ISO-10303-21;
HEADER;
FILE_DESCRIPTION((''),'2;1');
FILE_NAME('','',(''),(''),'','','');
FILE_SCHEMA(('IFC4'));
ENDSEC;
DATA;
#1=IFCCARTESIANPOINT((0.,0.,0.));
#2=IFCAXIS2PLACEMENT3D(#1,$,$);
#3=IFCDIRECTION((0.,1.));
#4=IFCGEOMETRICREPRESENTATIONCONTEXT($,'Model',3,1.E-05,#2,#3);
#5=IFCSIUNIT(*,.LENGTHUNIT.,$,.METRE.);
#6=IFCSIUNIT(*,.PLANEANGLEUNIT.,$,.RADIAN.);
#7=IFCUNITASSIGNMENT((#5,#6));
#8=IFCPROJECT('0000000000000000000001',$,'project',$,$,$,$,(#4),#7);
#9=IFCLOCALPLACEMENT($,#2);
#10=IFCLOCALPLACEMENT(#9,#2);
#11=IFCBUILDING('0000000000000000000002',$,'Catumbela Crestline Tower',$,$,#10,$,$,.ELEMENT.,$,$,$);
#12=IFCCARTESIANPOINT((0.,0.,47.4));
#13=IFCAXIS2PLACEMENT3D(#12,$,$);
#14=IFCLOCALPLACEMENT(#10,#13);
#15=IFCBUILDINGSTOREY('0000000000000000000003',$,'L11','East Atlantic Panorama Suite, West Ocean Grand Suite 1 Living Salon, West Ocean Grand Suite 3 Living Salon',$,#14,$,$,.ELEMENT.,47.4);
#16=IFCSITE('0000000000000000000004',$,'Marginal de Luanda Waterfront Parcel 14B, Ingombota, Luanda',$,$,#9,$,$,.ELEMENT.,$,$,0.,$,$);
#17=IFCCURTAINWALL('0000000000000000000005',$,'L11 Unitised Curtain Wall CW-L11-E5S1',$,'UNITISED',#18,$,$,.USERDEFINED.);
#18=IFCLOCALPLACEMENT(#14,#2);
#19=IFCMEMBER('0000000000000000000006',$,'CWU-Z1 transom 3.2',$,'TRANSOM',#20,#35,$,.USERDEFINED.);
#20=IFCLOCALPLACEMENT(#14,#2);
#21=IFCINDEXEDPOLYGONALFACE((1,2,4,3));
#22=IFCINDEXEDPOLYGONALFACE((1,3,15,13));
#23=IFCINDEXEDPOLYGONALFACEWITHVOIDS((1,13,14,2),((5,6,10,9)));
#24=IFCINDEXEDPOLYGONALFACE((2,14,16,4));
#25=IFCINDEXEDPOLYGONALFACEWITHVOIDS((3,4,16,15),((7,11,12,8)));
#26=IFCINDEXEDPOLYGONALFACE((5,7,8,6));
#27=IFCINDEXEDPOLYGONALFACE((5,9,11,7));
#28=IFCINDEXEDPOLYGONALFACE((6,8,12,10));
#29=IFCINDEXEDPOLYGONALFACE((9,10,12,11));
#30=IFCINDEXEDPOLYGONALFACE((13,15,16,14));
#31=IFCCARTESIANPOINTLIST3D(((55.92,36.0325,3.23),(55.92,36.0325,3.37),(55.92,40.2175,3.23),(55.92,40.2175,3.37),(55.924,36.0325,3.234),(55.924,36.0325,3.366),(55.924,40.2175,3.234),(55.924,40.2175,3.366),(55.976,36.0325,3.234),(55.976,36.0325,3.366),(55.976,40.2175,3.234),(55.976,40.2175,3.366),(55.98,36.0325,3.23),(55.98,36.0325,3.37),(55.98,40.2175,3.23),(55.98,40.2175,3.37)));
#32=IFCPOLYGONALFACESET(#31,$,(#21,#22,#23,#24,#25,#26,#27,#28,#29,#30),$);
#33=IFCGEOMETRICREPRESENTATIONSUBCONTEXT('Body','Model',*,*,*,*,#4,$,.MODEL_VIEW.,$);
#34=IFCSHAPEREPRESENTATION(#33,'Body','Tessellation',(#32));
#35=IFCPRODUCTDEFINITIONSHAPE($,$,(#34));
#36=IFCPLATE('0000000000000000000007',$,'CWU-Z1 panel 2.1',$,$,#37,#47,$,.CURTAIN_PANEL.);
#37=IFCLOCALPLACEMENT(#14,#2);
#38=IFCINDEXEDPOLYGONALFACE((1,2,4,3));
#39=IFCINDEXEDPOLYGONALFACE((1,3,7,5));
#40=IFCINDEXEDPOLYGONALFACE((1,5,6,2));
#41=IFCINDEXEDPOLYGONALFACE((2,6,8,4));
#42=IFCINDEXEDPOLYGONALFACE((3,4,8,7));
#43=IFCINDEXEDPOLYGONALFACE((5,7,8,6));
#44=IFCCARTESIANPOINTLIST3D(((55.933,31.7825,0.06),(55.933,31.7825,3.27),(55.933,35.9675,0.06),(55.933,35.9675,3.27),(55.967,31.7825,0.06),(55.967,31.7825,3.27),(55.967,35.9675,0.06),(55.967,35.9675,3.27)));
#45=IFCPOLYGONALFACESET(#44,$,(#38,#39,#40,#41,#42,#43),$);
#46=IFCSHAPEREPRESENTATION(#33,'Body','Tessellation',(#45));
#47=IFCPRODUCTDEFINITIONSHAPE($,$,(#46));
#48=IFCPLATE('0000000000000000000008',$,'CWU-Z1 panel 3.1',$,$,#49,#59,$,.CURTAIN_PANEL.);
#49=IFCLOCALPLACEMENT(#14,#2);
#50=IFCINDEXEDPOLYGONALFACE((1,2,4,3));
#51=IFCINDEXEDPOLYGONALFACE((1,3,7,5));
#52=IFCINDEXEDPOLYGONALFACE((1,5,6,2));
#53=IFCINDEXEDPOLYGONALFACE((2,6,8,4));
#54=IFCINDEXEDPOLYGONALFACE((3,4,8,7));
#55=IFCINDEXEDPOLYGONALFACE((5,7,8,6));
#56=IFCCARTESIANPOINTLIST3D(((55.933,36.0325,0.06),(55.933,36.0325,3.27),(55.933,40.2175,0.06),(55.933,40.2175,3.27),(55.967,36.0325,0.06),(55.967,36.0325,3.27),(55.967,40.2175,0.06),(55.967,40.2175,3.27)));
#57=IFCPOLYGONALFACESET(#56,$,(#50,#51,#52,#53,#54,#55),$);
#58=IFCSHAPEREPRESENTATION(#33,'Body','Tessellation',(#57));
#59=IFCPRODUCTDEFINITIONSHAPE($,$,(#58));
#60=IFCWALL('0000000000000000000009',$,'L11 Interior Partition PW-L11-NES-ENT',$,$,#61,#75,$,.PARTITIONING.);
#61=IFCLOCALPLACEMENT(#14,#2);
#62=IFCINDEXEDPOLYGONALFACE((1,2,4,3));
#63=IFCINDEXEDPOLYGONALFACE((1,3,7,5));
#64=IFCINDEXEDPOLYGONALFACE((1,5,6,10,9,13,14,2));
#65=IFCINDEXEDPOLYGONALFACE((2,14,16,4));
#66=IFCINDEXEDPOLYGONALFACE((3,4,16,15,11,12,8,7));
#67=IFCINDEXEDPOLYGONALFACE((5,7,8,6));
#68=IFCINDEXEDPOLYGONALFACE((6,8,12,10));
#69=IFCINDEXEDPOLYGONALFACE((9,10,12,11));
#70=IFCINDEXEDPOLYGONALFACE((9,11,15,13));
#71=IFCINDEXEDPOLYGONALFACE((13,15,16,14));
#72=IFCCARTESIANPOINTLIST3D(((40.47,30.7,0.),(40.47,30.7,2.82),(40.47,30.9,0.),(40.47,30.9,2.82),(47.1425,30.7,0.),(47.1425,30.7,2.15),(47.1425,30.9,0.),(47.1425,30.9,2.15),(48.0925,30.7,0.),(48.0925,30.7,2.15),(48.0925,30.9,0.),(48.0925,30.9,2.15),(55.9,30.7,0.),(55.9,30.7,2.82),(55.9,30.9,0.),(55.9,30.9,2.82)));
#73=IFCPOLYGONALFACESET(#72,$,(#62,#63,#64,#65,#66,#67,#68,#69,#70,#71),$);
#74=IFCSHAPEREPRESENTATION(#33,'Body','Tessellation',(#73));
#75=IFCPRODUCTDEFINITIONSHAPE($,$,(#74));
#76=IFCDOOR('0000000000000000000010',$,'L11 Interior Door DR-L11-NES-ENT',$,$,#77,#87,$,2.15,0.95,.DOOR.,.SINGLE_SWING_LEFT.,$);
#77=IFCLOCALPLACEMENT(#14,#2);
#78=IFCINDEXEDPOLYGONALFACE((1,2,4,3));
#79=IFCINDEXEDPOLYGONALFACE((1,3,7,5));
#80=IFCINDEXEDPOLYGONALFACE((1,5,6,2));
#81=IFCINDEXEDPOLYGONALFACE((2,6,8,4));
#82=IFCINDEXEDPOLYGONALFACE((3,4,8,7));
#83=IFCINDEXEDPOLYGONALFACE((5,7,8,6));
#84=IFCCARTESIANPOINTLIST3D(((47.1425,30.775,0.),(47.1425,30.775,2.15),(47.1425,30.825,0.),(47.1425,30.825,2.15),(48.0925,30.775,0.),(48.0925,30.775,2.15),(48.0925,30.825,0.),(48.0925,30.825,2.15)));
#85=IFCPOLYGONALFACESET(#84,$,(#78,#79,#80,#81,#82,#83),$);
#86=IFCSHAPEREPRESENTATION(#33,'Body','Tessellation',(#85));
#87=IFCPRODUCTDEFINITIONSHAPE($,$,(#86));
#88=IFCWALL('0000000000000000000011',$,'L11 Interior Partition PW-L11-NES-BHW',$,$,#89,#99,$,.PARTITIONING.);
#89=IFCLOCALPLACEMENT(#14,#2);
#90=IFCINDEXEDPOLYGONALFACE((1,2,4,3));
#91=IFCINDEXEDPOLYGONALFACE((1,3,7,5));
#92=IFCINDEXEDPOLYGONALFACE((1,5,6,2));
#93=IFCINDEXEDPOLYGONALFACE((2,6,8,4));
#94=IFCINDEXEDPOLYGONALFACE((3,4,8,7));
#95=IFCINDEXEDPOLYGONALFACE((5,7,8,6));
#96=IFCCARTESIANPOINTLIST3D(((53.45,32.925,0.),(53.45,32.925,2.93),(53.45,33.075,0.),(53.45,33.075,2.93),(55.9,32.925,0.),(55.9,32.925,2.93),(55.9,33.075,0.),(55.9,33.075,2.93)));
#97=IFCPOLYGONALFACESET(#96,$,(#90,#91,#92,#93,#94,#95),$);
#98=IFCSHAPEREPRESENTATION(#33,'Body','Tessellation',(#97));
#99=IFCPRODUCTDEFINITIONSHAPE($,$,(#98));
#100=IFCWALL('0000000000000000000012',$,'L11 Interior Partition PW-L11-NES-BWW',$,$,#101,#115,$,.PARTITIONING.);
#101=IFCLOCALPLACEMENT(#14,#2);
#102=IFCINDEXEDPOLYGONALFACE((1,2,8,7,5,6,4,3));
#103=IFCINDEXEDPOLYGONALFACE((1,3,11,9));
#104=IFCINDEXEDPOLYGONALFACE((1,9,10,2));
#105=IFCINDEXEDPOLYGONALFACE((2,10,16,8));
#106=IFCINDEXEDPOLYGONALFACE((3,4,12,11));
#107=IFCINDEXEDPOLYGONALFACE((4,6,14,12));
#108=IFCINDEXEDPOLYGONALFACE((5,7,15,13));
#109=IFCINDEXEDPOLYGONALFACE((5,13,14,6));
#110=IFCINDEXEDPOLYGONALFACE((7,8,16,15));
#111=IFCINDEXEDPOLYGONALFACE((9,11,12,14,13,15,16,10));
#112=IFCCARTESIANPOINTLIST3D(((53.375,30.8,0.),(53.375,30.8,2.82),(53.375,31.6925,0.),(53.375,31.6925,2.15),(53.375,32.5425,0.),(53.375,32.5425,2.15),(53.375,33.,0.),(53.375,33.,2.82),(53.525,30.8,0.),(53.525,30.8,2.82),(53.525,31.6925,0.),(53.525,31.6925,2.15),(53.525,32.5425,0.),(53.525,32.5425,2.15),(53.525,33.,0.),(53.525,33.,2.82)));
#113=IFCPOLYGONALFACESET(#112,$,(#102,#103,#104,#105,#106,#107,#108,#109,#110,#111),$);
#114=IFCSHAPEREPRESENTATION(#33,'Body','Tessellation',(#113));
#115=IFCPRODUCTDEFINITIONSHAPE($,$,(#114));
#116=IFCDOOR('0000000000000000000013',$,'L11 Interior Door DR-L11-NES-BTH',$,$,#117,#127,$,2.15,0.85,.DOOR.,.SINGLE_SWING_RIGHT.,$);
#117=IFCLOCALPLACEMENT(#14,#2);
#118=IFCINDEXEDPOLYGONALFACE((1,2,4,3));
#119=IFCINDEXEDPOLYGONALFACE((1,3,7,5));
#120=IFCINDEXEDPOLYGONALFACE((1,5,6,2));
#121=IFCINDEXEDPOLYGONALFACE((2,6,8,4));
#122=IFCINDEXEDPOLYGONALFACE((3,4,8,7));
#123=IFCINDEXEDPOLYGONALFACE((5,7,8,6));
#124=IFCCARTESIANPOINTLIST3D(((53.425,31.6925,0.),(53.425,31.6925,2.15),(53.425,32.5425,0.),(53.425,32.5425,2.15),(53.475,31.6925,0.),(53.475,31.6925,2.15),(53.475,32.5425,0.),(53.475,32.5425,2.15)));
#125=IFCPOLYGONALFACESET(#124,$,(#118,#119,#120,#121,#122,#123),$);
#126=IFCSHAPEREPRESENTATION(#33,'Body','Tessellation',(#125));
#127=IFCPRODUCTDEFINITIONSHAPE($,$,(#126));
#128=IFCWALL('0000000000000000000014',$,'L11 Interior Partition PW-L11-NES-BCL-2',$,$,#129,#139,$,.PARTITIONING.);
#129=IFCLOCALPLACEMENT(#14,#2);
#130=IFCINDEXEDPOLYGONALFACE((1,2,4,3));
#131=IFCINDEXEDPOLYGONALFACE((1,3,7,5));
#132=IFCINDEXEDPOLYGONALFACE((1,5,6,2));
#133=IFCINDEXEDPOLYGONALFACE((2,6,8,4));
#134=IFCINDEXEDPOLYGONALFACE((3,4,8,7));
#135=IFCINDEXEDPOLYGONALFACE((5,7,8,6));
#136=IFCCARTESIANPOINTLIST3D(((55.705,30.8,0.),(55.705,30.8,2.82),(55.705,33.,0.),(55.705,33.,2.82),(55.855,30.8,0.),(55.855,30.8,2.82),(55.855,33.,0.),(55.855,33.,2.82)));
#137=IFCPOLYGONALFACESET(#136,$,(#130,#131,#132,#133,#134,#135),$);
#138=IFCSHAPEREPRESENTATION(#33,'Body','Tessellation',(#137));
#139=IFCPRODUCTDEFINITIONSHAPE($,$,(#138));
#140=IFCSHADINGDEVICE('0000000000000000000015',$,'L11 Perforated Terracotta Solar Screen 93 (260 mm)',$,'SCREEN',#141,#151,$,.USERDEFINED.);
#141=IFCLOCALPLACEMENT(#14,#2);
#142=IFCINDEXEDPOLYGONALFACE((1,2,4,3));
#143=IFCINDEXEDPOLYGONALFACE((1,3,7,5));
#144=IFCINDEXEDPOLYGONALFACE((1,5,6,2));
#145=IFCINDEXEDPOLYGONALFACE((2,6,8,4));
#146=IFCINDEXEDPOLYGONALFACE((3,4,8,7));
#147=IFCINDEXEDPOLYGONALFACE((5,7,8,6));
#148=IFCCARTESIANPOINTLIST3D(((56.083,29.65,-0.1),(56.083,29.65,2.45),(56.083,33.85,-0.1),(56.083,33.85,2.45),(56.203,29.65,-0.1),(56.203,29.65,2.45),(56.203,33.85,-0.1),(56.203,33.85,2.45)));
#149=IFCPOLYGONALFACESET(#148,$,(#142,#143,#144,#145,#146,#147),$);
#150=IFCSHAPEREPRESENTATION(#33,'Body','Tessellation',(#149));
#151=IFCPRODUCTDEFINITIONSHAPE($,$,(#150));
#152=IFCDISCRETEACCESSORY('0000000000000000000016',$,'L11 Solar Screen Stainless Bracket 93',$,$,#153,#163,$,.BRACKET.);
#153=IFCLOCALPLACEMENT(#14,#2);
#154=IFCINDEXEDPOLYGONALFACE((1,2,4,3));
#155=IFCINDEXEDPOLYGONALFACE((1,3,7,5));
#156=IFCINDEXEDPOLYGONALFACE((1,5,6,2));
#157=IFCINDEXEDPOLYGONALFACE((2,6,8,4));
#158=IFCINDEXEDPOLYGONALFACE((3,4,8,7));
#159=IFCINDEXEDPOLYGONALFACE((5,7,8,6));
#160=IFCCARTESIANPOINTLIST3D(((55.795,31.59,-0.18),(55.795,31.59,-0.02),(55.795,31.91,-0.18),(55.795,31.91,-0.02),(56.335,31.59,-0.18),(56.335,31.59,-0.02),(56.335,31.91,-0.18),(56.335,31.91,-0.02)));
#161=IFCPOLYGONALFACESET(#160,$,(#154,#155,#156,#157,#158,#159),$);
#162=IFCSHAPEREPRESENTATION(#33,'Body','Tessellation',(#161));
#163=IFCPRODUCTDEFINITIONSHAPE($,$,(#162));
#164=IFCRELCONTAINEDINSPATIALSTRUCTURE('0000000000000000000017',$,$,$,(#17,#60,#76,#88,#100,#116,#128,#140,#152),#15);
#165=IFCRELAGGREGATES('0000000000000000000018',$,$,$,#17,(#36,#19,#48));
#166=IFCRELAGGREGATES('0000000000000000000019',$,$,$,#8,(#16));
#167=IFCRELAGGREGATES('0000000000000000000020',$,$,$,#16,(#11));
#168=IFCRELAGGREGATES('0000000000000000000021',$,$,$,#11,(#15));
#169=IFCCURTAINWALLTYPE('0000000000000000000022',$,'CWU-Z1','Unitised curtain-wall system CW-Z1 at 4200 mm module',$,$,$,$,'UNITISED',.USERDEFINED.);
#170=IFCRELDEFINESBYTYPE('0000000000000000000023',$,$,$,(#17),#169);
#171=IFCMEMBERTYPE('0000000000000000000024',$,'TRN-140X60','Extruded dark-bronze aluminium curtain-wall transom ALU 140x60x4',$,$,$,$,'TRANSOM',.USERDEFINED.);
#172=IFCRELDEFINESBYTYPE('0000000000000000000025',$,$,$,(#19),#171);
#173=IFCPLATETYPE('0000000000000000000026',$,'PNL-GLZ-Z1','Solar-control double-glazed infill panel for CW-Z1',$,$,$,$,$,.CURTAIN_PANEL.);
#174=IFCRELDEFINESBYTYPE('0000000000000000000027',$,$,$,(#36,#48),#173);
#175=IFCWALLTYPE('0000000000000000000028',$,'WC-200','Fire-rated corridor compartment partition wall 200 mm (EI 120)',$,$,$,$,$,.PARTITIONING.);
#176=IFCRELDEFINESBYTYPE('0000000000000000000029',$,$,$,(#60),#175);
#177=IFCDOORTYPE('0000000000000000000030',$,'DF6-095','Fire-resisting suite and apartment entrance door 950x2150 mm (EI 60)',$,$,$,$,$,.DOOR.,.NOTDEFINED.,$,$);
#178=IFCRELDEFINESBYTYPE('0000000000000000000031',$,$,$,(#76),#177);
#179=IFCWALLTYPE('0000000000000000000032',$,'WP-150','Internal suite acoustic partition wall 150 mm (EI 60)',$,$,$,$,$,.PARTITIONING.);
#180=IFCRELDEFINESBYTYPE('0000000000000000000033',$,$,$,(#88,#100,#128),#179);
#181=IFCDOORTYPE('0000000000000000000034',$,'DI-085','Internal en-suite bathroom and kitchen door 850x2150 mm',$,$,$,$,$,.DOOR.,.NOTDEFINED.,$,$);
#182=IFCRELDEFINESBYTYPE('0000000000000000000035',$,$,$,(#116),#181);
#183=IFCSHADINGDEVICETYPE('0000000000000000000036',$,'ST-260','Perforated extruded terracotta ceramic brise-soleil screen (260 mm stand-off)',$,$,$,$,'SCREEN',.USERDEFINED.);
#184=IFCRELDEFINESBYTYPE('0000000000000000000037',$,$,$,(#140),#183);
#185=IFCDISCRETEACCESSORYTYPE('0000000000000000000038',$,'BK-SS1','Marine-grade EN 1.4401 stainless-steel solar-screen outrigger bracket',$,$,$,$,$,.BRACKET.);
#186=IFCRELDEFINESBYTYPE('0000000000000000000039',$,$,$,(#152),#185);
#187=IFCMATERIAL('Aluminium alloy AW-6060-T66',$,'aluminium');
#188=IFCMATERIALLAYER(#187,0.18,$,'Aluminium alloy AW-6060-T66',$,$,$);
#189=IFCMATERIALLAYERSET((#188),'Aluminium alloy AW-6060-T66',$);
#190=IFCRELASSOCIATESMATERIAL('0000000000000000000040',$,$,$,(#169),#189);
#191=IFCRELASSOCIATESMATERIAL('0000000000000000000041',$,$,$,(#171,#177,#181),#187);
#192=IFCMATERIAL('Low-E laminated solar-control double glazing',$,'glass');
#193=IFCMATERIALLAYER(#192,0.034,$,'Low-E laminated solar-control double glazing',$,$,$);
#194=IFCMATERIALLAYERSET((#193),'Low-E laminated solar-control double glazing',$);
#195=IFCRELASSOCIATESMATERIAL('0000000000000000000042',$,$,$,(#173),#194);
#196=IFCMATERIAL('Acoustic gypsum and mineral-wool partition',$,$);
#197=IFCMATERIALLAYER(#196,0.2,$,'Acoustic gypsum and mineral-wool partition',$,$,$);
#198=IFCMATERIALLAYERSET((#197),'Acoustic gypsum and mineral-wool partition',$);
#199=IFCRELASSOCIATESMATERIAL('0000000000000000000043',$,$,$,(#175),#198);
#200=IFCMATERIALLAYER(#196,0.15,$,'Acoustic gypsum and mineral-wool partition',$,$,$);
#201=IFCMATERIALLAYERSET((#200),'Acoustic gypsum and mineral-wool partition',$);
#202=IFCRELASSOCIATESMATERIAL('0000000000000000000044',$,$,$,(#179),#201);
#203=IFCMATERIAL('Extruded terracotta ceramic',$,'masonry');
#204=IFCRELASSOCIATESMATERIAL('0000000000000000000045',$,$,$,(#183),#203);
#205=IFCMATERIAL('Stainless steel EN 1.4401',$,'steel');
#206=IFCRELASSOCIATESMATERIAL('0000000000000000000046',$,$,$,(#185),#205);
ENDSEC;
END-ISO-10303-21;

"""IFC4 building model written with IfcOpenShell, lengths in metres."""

from ifc_helpers import new_model, si_unit, direction, frame, frame_2d, origin, origin_2d, place, context, subcontext, project, spatial, rectangle, hollow_rectangle, extrude, material, layer, layer_set, material_profile, profile_set, type_object, element, fill, aggregate, save


model = new_model("IFC4")

# Units and contexts
model_context = context("Model", 3, precision=1e-05, world=origin(), true_north=direction((0.0, 1.0)))
body_context = subcontext(model_context, "Body", "Model", "MODEL_VIEW")
ifc_project = project(units=[si_unit("LENGTHUNIT", "METRE"), si_unit("PLANEANGLEUNIT", "RADIAN")], contexts=[model_context])

# Site, building, storey
site_placement = place(None, origin())
site = spatial("IfcSite", under=ifc_project, at=site_placement, Name="Marginal de Luanda Waterfront Parcel 14B, Ingombota, Luanda", CompositionType="ELEMENT", RefElevation=0.0)
building_placement = place(site_placement, origin())
building = spatial("IfcBuilding", under=site, at=building_placement, Name="Catumbela Crestline Tower", CompositionType="ELEMENT")
storey_placement = place(building_placement, frame((0.0, 0.0, 47.4)))
storey = spatial("IfcBuildingStorey", under=building, at=storey_placement, Name="L11", Description="East Atlantic Panorama Suite, West Ocean Grand Suite 1 Living Salon, West Ocean Grand Suite 3 Living Salon", CompositionType="ELEMENT", Elevation=47.4)

# Curtain wall
ifc_material_1 = material(Name="Aluminium alloy AW-6060-T66", Category="aluminium")
ifc_layer_1 = layer(ifc_material_1, 0.18, Name="Aluminium alloy AW-6060-T66")
ifc_layer_set_1 = layer_set([ifc_layer_1], Name="Aluminium alloy AW-6060-T66")
curtain_wall_type = type_object("IfcCurtainWallType", Name="CWU-Z1", Description="Unitised curtain-wall system CW-Z1 at 4200 mm module", ElementType="UNITISED", PredefinedType="USERDEFINED", material=ifc_layer_set_1)
curtain_wall_placement = place(storey_placement, origin())
curtain_wall = element("IfcCurtainWall", 1, at=curtain_wall_placement, inside=storey, type_object=curtain_wall_type, Name="L11 Unitised Curtain Wall CW-L11-E5S1", ObjectType="UNITISED", PredefinedType="USERDEFINED")

# Member
ifc_material_profile_1 = material_profile(ifc_material_1, hollow_rectangle(XDim=0.06, YDim=0.14, WallThickness=0.004, at=origin_2d()), Name="ALU 140x60x4")
ifc_profile_set_1 = profile_set([ifc_material_profile_1], Name="Aluminium alloy AW-6060-T66")
member_type_1 = type_object("IfcMemberType", Name="TRN-140X60", Description="Extruded dark-bronze aluminium curtain-wall transom ALU 140x60x4", ElementType="TRANSOM", PredefinedType="USERDEFINED", material=ifc_profile_set_1)
member_1_placement = place(storey_placement, frame((55.95, 36.0325, 3.3), z_axis=(0.0, 1.0, 0.0), x_axis=(-1.0, 0.0, 0.0)))
member_1 = element("IfcMember", 2, at=member_1_placement, type_object=member_type_1, Name="CWU-Z1 transom 3.2", ObjectType="TRANSOM", PredefinedType="USERDEFINED", context=body_context, shape_type="SweptSolid", body=[
    extrude(hollow_rectangle(XDim=0.06, YDim=0.14, WallThickness=0.004, at=origin_2d()), origin(), (0.0, 0.0, 1.0), 4.185),
])

# Plates
ifc_material_2 = material(Name="Low-E laminated solar-control double glazing", Category="glass")
ifc_layer_2 = layer(ifc_material_2, 0.034, Name="Low-E laminated solar-control double glazing")
ifc_layer_set_2 = layer_set([ifc_layer_2], Name="Low-E laminated solar-control double glazing")
plate_type = type_object("IfcPlateType", Name="PNL-GLZ-Z1", Description="Solar-control double-glazed infill panel for CW-Z1", PredefinedType="CURTAIN_PANEL", material=ifc_layer_set_2)
plate_1_placement = place(storey_placement, frame((55.95, 33.875, 0.06), z_axis=(0.0, 0.0, 1.0), x_axis=(0.0, 1.0, 0.0)))
plate_1 = element("IfcPlate", 3, at=plate_1_placement, type_object=plate_type, Name="CWU-Z1 panel 2.1", PredefinedType="CURTAIN_PANEL", context=body_context, shape_type="SweptSolid", body=[
    extrude(rectangle(XDim=4.185, YDim=0.034, at=origin_2d()), origin(), (0.0, 0.0, 1.0), 3.21),
])
plate_2_placement = place(storey_placement, frame((55.95, 38.125, 0.06), z_axis=(0.0, 0.0, 1.0), x_axis=(0.0, 1.0, 0.0)))
plate_2 = element("IfcPlate", 4, at=plate_2_placement, type_object=plate_type, Name="CWU-Z1 panel 3.1", PredefinedType="CURTAIN_PANEL", context=body_context, shape_type="SweptSolid", body=[
    extrude(rectangle(XDim=4.185, YDim=0.034, at=origin_2d()), origin(), (0.0, 0.0, 1.0), 3.21),
])
aggregate(curtain_wall, [plate_1, member_1, plate_2])

# Wall, opening, door
ifc_material_3 = material(Name="Acoustic gypsum and mineral-wool partition")
ifc_layer_3 = layer(ifc_material_3, 0.2, Name="Acoustic gypsum and mineral-wool partition")
ifc_layer_set_3 = layer_set([ifc_layer_3], Name="Acoustic gypsum and mineral-wool partition")
wall_type_1 = type_object("IfcWallType", Name="WC-200", Description="Fire-rated corridor compartment partition wall 200 mm (EI 120)", PredefinedType="PARTITIONING", material=ifc_layer_set_3)
wall_1_placement = place(storey_placement, frame((40.47, 30.8, 0.0), z_axis=(0.0, 0.0, 1.0), x_axis=(1.0, 0.0, 0.0)))
wall_1 = element("IfcWall", 5, at=wall_1_placement, inside=storey, type_object=wall_type_1, Name="L11 Interior Partition PW-L11-NES-ENT", PredefinedType="PARTITIONING", context=body_context, shape_type="SweptSolid", body=[
    extrude(rectangle(XDim=15.43, YDim=0.2, at=frame_2d((7.715, 0.0))), origin(), (0.0, 0.0, 1.0), 2.82),
])
opening_1_placement = place(wall_1_placement, frame((6.6725, 0.0, 0.0)))
opening_1 = element("IfcOpeningElement", 6, at=opening_1_placement, cuts=wall_1, PredefinedType="OPENING", context=body_context, shape_type="SweptSolid", body=[
    extrude(rectangle(XDim=0.95, YDim=2.15, at=frame_2d((0.475, 1.075))), frame((0.0, 0.11, 0.0), z_axis=(0.0, -1.0, 0.0), x_axis=(1.0, 0.0, 0.0)), (0.0, 0.0, 1.0), 0.22),
])
door_type_1 = type_object("IfcDoorType", Name="DF6-095", Description="Fire-resisting suite and apartment entrance door 950x2150 mm (EI 60)", OperationType="NOTDEFINED", PredefinedType="DOOR", material=ifc_material_1)
door_1_placement = place(opening_1_placement, origin())
door_1 = element("IfcDoor", 7, at=door_1_placement, inside=storey, type_object=door_type_1, Name="L11 Interior Door DR-L11-NES-ENT", OperationType="SINGLE_SWING_LEFT", OverallHeight=2.15, OverallWidth=0.95, PredefinedType="DOOR", context=body_context, shape_type="SweptSolid", body=[
    extrude(rectangle(XDim=0.95, YDim=2.15, at=frame_2d((0.475, 1.075))), frame((0.0, 0.025, 0.0), z_axis=(0.0, -1.0, 0.0), x_axis=(1.0, 0.0, 0.0)), (0.0, 0.0, 1.0), 0.05),
])
fill(opening_1, door_1)

# Wall
ifc_layer_4 = layer(ifc_material_3, 0.15, Name="Acoustic gypsum and mineral-wool partition")
ifc_layer_set_4 = layer_set([ifc_layer_4], Name="Acoustic gypsum and mineral-wool partition")
wall_type_2 = type_object("IfcWallType", Name="WP-150", Description="Internal suite acoustic partition wall 150 mm (EI 60)", PredefinedType="PARTITIONING", material=ifc_layer_set_4)
wall_2_placement = place(storey_placement, frame((53.45, 33.0, 0.0), z_axis=(0.0, 0.0, 1.0), x_axis=(1.0, 0.0, 0.0)))
element("IfcWall", 8, at=wall_2_placement, inside=storey, type_object=wall_type_2, Name="L11 Interior Partition PW-L11-NES-BHW", PredefinedType="PARTITIONING", context=body_context, shape_type="SweptSolid", body=[
    extrude(rectangle(XDim=2.45, YDim=0.15, at=frame_2d((1.225, 0.0))), origin(), (0.0, 0.0, 1.0), 2.93),
])

# Wall, opening, door
wall_3_placement = place(storey_placement, frame((53.45, 30.8, 0.0), z_axis=(0.0, 0.0, 1.0), x_axis=(0.0, 1.0, 0.0)))
wall_3 = element("IfcWall", 9, at=wall_3_placement, inside=storey, type_object=wall_type_2, Name="L11 Interior Partition PW-L11-NES-BWW", PredefinedType="PARTITIONING", context=body_context, shape_type="SweptSolid", body=[
    extrude(rectangle(XDim=2.2, YDim=0.15, at=frame_2d((1.1, 0.0))), origin(), (0.0, 0.0, 1.0), 2.82),
])
opening_2_placement = place(wall_3_placement, frame((0.8925, 0.0, 0.0)))
opening_2 = element("IfcOpeningElement", 10, at=opening_2_placement, cuts=wall_3, PredefinedType="OPENING", context=body_context, shape_type="SweptSolid", body=[
    extrude(rectangle(XDim=0.85, YDim=2.15, at=frame_2d((0.425, 1.075))), frame((0.0, 0.085, 0.0), z_axis=(0.0, -1.0, 0.0), x_axis=(1.0, 0.0, 0.0)), (0.0, 0.0, 1.0), 0.17),
])
door_type_2 = type_object("IfcDoorType", Name="DI-085", Description="Internal en-suite bathroom and kitchen door 850x2150 mm", OperationType="NOTDEFINED", PredefinedType="DOOR", material=ifc_material_1)
door_2_placement = place(opening_2_placement, origin())
door_2 = element("IfcDoor", 11, at=door_2_placement, inside=storey, type_object=door_type_2, Name="L11 Interior Door DR-L11-NES-BTH", OperationType="SINGLE_SWING_RIGHT", OverallHeight=2.15, OverallWidth=0.85, PredefinedType="DOOR", context=body_context, shape_type="SweptSolid", body=[
    extrude(rectangle(XDim=0.85, YDim=2.15, at=frame_2d((0.425, 1.075))), frame((0.0, 0.025, 0.0), z_axis=(0.0, -1.0, 0.0), x_axis=(1.0, 0.0, 0.0)), (0.0, 0.0, 1.0), 0.05),
])
fill(opening_2, door_2)

# Wall
wall_4_placement = place(storey_placement, frame((55.78, 33.0, 0.0), z_axis=(0.0, 0.0, 1.0), x_axis=(0.0, -1.0, 0.0)))
element("IfcWall", 12, at=wall_4_placement, inside=storey, type_object=wall_type_2, Name="L11 Interior Partition PW-L11-NES-BCL-2", PredefinedType="PARTITIONING", context=body_context, shape_type="SweptSolid", body=[
    extrude(rectangle(XDim=2.2, YDim=0.15, at=frame_2d((1.1, 0.0))), origin(), (0.0, 0.0, 1.0), 2.82),
])

# Shading device
ifc_material_4 = material(Name="Extruded terracotta ceramic", Category="masonry")
shading_device_type = type_object("IfcShadingDeviceType", Name="ST-260", Description="Perforated extruded terracotta ceramic brise-soleil screen (260 mm stand-off)", ElementType="SCREEN", PredefinedType="USERDEFINED", material=ifc_material_4)
shading_device_placement = place(storey_placement, frame((56.143, 31.75, -0.1), z_axis=(0.0, 0.0, 1.0), x_axis=(0.0, 1.0, 0.0)))
element("IfcShadingDevice", 13, at=shading_device_placement, inside=storey, type_object=shading_device_type, Name="L11 Perforated Terracotta Solar Screen 93 (260 mm)", ObjectType="SCREEN", PredefinedType="USERDEFINED", context=body_context, shape_type="SweptSolid", body=[
    extrude(rectangle(XDim=4.2, YDim=0.12, at=origin_2d()), origin(), (0.0, 0.0, 1.0), 2.55),
])

# Discrete accessory
ifc_material_5 = material(Name="Stainless steel EN 1.4401", Category="steel")
discrete_accessory_type = type_object("IfcDiscreteAccessoryType", Name="BK-SS1", Description="Marine-grade EN 1.4401 stainless-steel solar-screen outrigger bracket", PredefinedType="BRACKET", material=ifc_material_5)
discrete_accessory_placement = place(storey_placement, frame((56.065, 31.75, -0.18), z_axis=(0.0, 0.0, 1.0), x_axis=(0.0, 1.0, 0.0)))
element("IfcDiscreteAccessory", 14, at=discrete_accessory_placement, inside=storey, type_object=discrete_accessory_type, Name="L11 Solar Screen Stainless Bracket 93", PredefinedType="BRACKET", context=body_context, shape_type="SweptSolid", body=[
    extrude(rectangle(XDim=0.32, YDim=0.54, at=origin_2d()), origin(), (0.0, 0.0, 1.0), 0.16),
])

save(model, "model.ifc")
